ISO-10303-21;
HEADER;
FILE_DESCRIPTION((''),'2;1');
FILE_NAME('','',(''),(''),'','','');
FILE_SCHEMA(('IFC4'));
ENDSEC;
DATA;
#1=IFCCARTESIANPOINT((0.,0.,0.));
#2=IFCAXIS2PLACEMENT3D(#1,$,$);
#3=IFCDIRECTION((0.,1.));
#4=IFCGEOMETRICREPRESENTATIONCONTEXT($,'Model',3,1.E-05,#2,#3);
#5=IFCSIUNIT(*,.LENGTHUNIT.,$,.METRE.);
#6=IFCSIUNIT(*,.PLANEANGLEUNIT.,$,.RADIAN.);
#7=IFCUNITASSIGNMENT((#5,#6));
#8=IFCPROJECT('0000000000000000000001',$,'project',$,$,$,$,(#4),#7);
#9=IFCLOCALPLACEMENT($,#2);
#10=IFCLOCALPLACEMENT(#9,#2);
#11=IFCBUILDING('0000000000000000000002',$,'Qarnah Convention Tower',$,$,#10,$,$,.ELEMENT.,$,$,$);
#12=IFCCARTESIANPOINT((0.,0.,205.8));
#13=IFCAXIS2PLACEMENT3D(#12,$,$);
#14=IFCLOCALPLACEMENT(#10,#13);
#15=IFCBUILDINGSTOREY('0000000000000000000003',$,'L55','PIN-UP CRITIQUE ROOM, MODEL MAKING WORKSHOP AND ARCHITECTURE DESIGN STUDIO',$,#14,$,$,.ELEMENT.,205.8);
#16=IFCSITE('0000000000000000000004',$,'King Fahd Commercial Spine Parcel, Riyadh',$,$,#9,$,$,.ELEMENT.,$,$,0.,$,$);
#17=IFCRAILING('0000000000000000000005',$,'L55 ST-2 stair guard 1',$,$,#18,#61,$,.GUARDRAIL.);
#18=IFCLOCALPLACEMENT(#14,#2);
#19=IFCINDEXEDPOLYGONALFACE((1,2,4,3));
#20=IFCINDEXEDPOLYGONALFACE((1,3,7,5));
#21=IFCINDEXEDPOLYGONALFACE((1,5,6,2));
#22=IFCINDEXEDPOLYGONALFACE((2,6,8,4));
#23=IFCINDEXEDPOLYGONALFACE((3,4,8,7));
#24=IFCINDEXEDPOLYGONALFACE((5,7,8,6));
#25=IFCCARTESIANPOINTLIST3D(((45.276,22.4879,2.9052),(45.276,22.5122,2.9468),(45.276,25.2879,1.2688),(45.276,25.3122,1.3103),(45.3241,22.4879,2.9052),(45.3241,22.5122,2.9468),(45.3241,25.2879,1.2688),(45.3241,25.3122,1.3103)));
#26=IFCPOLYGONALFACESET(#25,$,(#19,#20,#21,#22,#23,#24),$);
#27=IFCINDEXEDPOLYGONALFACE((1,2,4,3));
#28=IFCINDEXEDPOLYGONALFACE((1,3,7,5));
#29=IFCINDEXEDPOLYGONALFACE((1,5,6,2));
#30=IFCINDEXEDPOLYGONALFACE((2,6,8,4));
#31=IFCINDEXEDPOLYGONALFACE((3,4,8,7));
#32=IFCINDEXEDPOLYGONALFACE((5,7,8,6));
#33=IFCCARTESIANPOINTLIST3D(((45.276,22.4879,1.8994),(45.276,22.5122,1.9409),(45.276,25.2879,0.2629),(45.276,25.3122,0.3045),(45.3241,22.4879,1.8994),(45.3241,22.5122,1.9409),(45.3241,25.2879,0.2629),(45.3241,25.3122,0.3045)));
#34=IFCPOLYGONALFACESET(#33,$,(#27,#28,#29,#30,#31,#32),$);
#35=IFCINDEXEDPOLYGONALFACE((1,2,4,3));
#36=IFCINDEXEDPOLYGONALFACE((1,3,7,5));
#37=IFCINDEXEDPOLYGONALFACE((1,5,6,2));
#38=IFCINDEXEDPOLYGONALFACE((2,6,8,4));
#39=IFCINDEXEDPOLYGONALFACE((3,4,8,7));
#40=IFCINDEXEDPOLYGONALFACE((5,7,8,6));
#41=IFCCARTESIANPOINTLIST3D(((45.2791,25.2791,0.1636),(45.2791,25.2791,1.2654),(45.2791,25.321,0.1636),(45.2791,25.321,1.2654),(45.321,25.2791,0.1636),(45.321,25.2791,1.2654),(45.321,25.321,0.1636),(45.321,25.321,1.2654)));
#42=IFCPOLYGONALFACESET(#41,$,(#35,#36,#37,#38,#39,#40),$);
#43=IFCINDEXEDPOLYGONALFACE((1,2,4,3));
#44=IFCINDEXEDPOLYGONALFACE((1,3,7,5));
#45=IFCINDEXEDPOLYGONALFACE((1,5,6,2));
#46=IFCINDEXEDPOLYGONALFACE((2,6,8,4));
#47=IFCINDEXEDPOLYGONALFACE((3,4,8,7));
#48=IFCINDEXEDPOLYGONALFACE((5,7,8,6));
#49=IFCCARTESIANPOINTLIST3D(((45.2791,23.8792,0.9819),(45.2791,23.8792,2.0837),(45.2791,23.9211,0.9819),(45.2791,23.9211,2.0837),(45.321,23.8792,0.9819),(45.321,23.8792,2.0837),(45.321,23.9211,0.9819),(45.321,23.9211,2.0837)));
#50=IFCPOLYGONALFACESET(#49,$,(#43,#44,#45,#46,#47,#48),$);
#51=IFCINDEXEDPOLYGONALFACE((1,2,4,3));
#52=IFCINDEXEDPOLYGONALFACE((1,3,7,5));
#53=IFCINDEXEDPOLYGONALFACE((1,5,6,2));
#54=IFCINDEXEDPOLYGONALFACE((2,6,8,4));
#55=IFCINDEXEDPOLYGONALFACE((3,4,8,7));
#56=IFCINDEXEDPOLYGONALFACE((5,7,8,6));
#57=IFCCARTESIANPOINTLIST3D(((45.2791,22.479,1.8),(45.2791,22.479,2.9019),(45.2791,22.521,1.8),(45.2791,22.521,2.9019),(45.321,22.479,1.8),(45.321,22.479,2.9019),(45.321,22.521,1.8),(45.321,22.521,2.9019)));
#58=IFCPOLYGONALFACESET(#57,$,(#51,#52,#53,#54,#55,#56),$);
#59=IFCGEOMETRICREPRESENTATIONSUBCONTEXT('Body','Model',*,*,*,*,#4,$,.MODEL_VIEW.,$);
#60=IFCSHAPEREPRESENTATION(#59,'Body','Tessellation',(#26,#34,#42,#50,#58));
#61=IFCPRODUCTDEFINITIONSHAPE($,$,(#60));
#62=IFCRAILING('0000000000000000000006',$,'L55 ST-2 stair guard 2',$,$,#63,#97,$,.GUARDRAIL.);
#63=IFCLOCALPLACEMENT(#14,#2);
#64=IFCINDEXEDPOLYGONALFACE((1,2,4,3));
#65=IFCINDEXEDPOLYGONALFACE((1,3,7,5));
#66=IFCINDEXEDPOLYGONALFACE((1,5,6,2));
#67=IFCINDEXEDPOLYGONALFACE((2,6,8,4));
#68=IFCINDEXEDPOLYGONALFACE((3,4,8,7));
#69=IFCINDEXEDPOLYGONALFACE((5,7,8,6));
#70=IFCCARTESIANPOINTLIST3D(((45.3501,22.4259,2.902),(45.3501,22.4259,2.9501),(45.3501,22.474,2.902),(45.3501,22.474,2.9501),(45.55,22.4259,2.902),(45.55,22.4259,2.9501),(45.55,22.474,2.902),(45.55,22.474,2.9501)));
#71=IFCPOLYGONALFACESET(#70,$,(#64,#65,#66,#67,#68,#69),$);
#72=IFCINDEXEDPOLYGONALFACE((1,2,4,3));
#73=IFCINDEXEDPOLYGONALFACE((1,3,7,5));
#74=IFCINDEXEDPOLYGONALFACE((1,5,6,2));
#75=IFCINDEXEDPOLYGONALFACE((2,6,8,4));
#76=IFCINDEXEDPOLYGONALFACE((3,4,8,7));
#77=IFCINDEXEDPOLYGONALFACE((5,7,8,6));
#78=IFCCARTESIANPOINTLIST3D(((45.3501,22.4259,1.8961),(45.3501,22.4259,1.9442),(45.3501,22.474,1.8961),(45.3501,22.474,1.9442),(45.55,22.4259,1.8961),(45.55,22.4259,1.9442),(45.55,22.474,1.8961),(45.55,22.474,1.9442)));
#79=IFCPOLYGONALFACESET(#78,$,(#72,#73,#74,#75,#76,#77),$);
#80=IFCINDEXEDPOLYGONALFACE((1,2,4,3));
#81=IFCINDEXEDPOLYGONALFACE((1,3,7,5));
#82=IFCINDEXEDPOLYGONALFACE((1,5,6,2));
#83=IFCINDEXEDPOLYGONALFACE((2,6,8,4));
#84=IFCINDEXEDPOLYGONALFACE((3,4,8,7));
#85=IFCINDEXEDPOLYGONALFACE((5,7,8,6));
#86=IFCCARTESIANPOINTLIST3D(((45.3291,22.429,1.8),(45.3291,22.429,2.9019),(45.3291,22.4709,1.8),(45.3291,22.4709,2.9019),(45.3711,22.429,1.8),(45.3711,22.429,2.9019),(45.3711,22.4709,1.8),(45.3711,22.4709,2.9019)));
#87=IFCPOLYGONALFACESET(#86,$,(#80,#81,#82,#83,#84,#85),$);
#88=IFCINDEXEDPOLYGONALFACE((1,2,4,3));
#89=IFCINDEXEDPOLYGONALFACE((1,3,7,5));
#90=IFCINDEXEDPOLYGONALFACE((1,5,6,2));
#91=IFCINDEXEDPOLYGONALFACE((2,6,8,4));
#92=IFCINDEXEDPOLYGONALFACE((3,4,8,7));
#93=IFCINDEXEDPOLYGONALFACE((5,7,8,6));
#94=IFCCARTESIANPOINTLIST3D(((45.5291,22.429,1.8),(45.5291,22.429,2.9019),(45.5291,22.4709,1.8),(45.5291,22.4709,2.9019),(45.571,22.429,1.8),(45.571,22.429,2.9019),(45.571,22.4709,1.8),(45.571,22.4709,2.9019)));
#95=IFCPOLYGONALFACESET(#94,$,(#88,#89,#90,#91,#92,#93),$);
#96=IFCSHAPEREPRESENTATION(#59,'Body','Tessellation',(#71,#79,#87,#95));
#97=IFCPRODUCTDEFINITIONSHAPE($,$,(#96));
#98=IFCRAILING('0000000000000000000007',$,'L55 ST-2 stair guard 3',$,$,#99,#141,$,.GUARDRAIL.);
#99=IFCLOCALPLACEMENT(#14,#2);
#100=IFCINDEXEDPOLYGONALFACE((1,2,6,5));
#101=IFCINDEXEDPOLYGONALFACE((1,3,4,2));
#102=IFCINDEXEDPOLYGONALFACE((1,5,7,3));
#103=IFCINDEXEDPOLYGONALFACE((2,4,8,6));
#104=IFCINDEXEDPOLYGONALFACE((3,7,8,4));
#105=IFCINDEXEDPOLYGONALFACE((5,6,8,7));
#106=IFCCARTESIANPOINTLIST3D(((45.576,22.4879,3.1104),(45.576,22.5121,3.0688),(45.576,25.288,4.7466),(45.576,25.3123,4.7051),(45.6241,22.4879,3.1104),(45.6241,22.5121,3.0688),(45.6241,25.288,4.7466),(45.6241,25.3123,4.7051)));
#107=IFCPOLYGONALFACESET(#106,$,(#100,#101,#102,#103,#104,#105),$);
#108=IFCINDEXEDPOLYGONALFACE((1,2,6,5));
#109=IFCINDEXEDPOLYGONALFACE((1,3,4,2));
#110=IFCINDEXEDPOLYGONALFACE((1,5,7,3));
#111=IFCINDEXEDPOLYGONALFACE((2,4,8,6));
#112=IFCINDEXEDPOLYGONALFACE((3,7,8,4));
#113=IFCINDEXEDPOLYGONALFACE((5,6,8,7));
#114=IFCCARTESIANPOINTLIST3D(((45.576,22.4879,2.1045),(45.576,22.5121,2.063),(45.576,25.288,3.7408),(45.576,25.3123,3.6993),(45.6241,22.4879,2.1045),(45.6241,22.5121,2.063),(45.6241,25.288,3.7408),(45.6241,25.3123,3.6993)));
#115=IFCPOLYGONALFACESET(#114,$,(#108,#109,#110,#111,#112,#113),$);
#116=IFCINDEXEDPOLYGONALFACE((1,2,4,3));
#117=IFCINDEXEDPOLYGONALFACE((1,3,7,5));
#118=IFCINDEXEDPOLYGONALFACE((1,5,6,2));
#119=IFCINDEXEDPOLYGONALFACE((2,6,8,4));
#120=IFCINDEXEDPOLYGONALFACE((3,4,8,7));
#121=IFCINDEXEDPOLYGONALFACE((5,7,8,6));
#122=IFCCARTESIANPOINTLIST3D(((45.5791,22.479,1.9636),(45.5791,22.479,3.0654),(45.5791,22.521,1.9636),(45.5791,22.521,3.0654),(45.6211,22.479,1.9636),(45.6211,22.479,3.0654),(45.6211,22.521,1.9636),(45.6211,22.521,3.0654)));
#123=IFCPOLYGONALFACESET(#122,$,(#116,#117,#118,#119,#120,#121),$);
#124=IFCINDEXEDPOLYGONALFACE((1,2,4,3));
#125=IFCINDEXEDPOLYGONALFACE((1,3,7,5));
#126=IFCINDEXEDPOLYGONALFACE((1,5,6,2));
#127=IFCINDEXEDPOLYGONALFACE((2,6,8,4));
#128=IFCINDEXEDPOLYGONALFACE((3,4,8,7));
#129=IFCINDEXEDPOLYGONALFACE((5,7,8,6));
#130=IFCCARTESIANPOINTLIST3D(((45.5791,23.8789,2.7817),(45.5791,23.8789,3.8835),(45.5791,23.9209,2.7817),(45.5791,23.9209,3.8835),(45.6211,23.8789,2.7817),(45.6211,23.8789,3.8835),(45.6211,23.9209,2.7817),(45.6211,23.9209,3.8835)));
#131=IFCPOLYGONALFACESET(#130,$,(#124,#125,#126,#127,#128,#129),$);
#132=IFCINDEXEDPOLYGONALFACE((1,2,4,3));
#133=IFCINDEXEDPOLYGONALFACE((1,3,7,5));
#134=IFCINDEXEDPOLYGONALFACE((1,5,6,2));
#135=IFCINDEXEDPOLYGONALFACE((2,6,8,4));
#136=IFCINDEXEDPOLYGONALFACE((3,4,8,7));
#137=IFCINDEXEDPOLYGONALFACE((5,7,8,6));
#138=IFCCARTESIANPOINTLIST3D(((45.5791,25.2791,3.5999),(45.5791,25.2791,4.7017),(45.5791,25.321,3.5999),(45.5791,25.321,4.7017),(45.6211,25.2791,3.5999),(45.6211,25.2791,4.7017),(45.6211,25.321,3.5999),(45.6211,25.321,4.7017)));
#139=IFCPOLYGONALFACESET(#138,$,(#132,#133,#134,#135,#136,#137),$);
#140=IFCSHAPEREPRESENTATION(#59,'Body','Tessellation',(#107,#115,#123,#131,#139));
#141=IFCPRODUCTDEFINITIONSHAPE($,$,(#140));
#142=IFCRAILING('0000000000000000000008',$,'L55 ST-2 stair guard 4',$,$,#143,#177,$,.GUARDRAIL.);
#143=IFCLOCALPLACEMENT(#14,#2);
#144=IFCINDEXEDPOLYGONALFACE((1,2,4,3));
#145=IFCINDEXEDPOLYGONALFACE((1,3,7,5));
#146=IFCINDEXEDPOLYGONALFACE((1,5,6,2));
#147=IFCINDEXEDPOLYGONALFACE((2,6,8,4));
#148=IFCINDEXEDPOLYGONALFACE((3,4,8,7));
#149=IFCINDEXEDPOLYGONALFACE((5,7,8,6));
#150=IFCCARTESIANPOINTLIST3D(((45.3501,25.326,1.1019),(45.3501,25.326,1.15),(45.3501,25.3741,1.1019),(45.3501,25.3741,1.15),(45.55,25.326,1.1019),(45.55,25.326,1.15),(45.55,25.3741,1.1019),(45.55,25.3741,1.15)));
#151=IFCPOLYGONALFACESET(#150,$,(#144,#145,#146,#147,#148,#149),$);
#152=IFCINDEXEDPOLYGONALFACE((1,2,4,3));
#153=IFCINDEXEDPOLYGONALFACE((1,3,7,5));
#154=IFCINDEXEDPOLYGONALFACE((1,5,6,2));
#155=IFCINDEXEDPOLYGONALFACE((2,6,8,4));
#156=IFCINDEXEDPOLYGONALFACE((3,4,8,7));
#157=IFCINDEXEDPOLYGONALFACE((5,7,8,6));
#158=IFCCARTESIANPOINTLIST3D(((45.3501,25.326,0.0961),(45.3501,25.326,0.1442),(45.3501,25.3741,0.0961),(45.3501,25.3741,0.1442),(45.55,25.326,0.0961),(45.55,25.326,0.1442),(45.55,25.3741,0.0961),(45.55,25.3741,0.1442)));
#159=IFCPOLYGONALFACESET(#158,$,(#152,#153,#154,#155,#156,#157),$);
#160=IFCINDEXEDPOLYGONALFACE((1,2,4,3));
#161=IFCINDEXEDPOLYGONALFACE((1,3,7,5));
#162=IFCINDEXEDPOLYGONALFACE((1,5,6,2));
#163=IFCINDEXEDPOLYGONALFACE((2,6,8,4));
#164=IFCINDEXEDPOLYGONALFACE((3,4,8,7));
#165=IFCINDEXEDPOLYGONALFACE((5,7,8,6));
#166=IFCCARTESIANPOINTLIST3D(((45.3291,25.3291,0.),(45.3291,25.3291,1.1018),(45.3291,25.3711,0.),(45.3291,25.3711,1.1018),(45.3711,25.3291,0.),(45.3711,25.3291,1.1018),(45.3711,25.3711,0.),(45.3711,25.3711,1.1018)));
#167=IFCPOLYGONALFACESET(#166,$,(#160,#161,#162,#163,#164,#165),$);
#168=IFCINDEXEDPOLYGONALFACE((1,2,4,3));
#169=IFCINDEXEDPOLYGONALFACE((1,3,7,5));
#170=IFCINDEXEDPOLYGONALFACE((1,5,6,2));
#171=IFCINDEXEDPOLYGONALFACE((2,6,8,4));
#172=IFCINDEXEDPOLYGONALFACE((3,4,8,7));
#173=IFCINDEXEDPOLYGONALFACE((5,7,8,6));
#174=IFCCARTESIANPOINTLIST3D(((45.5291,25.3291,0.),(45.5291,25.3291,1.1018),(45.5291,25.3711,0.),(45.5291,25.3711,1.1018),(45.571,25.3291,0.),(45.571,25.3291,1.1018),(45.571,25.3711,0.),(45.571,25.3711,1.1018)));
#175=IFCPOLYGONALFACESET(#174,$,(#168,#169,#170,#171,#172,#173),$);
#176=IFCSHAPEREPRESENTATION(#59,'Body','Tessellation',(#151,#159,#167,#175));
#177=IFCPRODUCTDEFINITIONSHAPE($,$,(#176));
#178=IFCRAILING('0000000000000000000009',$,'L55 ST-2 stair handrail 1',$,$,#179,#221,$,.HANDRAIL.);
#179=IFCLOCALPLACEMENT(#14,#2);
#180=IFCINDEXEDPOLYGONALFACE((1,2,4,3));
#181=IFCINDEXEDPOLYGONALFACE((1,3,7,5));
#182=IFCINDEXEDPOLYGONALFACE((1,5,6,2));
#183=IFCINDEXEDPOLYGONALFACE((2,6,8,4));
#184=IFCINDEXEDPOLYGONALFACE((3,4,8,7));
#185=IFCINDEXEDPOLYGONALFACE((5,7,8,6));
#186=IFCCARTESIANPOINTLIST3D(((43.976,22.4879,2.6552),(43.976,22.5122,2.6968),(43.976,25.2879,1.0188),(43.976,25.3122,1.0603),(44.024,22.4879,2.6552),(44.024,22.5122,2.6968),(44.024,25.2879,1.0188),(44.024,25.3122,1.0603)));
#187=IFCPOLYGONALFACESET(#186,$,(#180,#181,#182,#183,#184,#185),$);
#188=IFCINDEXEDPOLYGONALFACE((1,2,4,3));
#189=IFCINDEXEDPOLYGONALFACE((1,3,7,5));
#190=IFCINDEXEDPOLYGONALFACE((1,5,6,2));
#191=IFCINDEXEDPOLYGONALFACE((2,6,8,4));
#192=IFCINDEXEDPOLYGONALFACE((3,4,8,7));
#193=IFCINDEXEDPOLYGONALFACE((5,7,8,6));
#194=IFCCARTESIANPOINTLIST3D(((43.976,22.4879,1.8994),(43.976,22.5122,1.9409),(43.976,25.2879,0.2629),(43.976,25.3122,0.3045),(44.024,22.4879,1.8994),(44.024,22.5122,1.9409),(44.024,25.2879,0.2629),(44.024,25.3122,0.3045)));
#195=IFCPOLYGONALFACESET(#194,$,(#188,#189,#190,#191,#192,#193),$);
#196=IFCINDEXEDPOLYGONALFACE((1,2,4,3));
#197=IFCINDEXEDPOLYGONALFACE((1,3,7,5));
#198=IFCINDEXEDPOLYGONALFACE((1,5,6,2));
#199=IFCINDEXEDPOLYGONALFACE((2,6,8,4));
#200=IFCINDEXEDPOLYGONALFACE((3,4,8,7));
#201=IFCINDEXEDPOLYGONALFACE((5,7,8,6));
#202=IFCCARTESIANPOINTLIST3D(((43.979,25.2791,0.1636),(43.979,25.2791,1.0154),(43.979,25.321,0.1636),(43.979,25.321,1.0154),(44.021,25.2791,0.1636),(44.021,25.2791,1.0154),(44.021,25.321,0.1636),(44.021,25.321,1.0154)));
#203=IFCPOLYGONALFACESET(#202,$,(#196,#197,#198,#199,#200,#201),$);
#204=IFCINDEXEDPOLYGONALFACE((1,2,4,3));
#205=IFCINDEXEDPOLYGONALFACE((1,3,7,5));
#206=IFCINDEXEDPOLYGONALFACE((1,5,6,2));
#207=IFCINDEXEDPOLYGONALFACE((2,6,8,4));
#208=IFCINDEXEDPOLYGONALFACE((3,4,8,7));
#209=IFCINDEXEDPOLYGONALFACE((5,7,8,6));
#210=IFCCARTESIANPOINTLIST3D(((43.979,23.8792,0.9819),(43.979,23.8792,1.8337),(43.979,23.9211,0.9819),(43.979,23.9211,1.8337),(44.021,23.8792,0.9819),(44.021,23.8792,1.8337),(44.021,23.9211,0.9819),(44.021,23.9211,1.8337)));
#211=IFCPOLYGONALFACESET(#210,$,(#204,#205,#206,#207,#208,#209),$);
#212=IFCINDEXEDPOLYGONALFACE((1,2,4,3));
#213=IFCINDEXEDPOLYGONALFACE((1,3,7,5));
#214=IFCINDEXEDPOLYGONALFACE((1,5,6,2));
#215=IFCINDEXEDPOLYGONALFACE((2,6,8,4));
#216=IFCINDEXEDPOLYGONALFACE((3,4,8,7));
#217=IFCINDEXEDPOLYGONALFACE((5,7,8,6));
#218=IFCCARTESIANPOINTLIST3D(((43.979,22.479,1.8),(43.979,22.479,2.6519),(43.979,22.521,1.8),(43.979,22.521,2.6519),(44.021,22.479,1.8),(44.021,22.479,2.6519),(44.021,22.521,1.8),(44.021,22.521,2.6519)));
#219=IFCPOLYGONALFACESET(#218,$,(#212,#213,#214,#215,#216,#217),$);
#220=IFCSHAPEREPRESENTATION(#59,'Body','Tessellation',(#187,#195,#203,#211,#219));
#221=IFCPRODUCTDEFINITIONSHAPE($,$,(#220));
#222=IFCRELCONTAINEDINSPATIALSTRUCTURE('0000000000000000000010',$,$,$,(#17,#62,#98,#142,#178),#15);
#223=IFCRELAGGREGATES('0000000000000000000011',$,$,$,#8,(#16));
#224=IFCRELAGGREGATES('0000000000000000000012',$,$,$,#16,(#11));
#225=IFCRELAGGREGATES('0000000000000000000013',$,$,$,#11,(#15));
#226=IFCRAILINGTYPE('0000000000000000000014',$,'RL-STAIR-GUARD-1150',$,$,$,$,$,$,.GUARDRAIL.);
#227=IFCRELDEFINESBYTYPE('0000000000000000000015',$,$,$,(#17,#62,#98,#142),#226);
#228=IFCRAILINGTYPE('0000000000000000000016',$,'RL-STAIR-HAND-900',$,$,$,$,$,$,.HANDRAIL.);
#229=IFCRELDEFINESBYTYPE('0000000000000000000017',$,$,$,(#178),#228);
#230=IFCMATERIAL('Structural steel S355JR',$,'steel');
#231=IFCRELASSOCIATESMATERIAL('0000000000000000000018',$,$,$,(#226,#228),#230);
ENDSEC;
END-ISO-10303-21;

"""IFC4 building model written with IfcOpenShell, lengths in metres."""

from ifc_helpers import new_model, si_unit, direction, frame, origin, origin_2d, place, context, subcontext, project, spatial, rectangle, extrude, material, type_object, element, save


model = new_model("IFC4")

# Units and contexts
model_context = context("Model", 3, precision=1e-05, world=origin(), true_north=direction((0.0, 1.0)))
body_context = subcontext(model_context, "Body", "Model", "MODEL_VIEW")
ifc_project = project(units=[si_unit("LENGTHUNIT", "METRE"), si_unit("PLANEANGLEUNIT", "RADIAN")], contexts=[model_context])

# Site, building, storey
site_placement = place(None, origin())
site = spatial("IfcSite", under=ifc_project, at=site_placement, Name="King Fahd Commercial Spine Parcel, Riyadh", CompositionType="ELEMENT", RefElevation=0.0)
building_placement = place(site_placement, origin())
building = spatial("IfcBuilding", under=site, at=building_placement, Name="Qarnah Convention Tower", CompositionType="ELEMENT")
storey_placement = place(building_placement, frame((0.0, 0.0, 205.8)))
storey = spatial("IfcBuildingStorey", under=building, at=storey_placement, Name="L55", Description="PIN-UP CRITIQUE ROOM, MODEL MAKING WORKSHOP AND ARCHITECTURE DESIGN STUDIO", CompositionType="ELEMENT", Elevation=205.8)

# Shared definitions
ifc_material_1 = material(Name="Structural steel S355JR", Category="steel")

# Railings
railing_type_1 = type_object("IfcRailingType", Name="RL-STAIR-GUARD-1150", PredefinedType="GUARDRAIL", material=ifc_material_1)
railing_1_placement = place(storey_placement, frame((45.3, 25.3, 0.1636)))
element("IfcRailing", 1, at=railing_1_placement, inside=storey, type_object=railing_type_1, Name="L55 ST-2 stair guard 1", PredefinedType="GUARDRAIL", context=body_context, shape_type="SweptSolid", body=[
    extrude(rectangle(XDim=0.0481, YDim=0.0481, at=origin_2d()), frame((0.0, 0.0, 1.126), z_axis=(0.0, -0.863361, 0.504587), x_axis=(1.0, 0.0, 0.0)), (0.0, 0.0, 1.0), 3.2432),
    extrude(rectangle(XDim=0.0481, YDim=0.0481, at=origin_2d()), frame((0.0, 0.0, 0.1201), z_axis=(0.0, -0.863361, 0.504587), x_axis=(1.0, 0.0, 0.0)), (0.0, 0.0, 1.0), 3.2432),
    extrude(rectangle(XDim=0.042, YDim=0.042, at=origin_2d()), origin(), (0.0, 0.0, 1.0), 1.1018),
    extrude(rectangle(XDim=0.042, YDim=0.042, at=origin_2d()), frame((0.0, -1.3999, 0.8184)), (0.0, 0.0, 1.0), 1.1018),
    extrude(rectangle(XDim=0.042, YDim=0.042, at=origin_2d()), frame((0.0, -2.8, 1.6365)), (0.0, 0.0, 1.0), 1.1018),
])
railing_2_placement = place(storey_placement, frame((45.3501, 22.45, 1.8)))
element("IfcRailing", 2, at=railing_2_placement, inside=storey, type_object=railing_type_1, Name="L55 ST-2 stair guard 2", PredefinedType="GUARDRAIL", context=body_context, shape_type="SweptSolid", body=[
    extrude(rectangle(XDim=0.0481, YDim=0.0481, at=origin_2d()), frame((0.0, 0.0, 1.126), z_axis=(1.0, 0.0, 0.0), x_axis=(0.0, 1.0, 0.0)), (0.0, 0.0, 1.0), 0.2),
    extrude(rectangle(XDim=0.0481, YDim=0.0481, at=origin_2d()), frame((0.0, 0.0, 0.1201), z_axis=(1.0, 0.0, 0.0), x_axis=(0.0, 1.0, 0.0)), (0.0, 0.0, 1.0), 0.2),
    extrude(rectangle(XDim=0.042, YDim=0.042, at=origin_2d()), origin(), (0.0, 0.0, 1.0), 1.1018),
    extrude(rectangle(XDim=0.042, YDim=0.042, at=origin_2d()), frame((0.2, 0.0, 0.0)), (0.0, 0.0, 1.0), 1.1018),
])
railing_3_placement = place(storey_placement, frame((45.6001, 22.5, 1.9636)))
element("IfcRailing", 3, at=railing_3_placement, inside=storey, type_object=railing_type_1, Name="L55 ST-2 stair guard 3", PredefinedType="GUARDRAIL", context=body_context, shape_type="SweptSolid", body=[
    extrude(rectangle(XDim=0.0481, YDim=0.0481, at=origin_2d()), frame((0.0, 0.0, 1.126), z_axis=(0.0, 0.863394, 0.504531), x_axis=(-1.0, 0.0, 0.0)), (0.0, 0.0, 1.0), 3.2432),
    extrude(rectangle(XDim=0.0481, YDim=0.0481, at=origin_2d()), frame((0.0, 0.0, 0.1201), z_axis=(0.0, 0.863394, 0.504531), x_axis=(-1.0, 0.0, 0.0)), (0.0, 0.0, 1.0), 3.2432),
    extrude(rectangle(XDim=0.042, YDim=0.042, at=origin_2d()), origin(), (0.0, 0.0, 1.0), 1.1018),
    extrude(rectangle(XDim=0.042, YDim=0.042, at=origin_2d()), frame((0.0, 1.3999, 0.8181)), (0.0, 0.0, 1.0), 1.1018),
    extrude(rectangle(XDim=0.042, YDim=0.042, at=origin_2d()), frame((0.0, 2.8, 1.6362)), (0.0, 0.0, 1.0), 1.1018),
])
railing_4_placement = place(storey_placement, frame((45.3501, 25.3501, 0.0)))
element("IfcRailing", 4, at=railing_4_placement, inside=storey, type_object=railing_type_1, Name="L55 ST-2 stair guard 4", PredefinedType="GUARDRAIL", context=body_context, shape_type="SweptSolid", body=[
    extrude(rectangle(XDim=0.0481, YDim=0.0481, at=origin_2d()), frame((0.0, 0.0, 1.126), z_axis=(1.0, 0.0, 0.0), x_axis=(0.0, 1.0, 0.0)), (0.0, 0.0, 1.0), 0.2),
    extrude(rectangle(XDim=0.0481, YDim=0.0481, at=origin_2d()), frame((0.0, 0.0, 0.1201), z_axis=(1.0, 0.0, 0.0), x_axis=(0.0, 1.0, 0.0)), (0.0, 0.0, 1.0), 0.2),
    extrude(rectangle(XDim=0.042, YDim=0.042, at=origin_2d()), origin(), (0.0, 0.0, 1.0), 1.1018),
    extrude(rectangle(XDim=0.042, YDim=0.042, at=origin_2d()), frame((0.2, 0.0, 0.0)), (0.0, 0.0, 1.0), 1.1018),
])
railing_type_2 = type_object("IfcRailingType", Name="RL-STAIR-HAND-900", PredefinedType="HANDRAIL", material=ifc_material_1)
railing_5_placement = place(storey_placement, frame((44.0, 25.3, 0.1636)))
element("IfcRailing", 5, at=railing_5_placement, inside=storey, type_object=railing_type_2, Name="L55 ST-2 stair handrail 1", PredefinedType="HANDRAIL", context=body_context, shape_type="SweptSolid", body=[
    extrude(rectangle(XDim=0.0481, YDim=0.0481, at=origin_2d()), frame((0.0, 0.0, 0.876), z_axis=(0.0, -0.863361, 0.504587), x_axis=(1.0, 0.0, 0.0)), (0.0, 0.0, 1.0), 3.2432),
    extrude(rectangle(XDim=0.0481, YDim=0.0481, at=origin_2d()), frame((0.0, 0.0, 0.1201), z_axis=(0.0, -0.863361, 0.504587), x_axis=(1.0, 0.0, 0.0)), (0.0, 0.0, 1.0), 3.2432),
    extrude(rectangle(XDim=0.042, YDim=0.042, at=origin_2d()), origin(), (0.0, 0.0, 1.0), 0.8518),
    extrude(rectangle(XDim=0.042, YDim=0.042, at=origin_2d()), frame((0.0, -1.3999, 0.8184)), (0.0, 0.0, 1.0), 0.8518),
    extrude(rectangle(XDim=0.042, YDim=0.042, at=origin_2d()), frame((0.0, -2.8, 1.6365)), (0.0, 0.0, 1.0), 0.8518),
])

save(model, "model.ifc")
